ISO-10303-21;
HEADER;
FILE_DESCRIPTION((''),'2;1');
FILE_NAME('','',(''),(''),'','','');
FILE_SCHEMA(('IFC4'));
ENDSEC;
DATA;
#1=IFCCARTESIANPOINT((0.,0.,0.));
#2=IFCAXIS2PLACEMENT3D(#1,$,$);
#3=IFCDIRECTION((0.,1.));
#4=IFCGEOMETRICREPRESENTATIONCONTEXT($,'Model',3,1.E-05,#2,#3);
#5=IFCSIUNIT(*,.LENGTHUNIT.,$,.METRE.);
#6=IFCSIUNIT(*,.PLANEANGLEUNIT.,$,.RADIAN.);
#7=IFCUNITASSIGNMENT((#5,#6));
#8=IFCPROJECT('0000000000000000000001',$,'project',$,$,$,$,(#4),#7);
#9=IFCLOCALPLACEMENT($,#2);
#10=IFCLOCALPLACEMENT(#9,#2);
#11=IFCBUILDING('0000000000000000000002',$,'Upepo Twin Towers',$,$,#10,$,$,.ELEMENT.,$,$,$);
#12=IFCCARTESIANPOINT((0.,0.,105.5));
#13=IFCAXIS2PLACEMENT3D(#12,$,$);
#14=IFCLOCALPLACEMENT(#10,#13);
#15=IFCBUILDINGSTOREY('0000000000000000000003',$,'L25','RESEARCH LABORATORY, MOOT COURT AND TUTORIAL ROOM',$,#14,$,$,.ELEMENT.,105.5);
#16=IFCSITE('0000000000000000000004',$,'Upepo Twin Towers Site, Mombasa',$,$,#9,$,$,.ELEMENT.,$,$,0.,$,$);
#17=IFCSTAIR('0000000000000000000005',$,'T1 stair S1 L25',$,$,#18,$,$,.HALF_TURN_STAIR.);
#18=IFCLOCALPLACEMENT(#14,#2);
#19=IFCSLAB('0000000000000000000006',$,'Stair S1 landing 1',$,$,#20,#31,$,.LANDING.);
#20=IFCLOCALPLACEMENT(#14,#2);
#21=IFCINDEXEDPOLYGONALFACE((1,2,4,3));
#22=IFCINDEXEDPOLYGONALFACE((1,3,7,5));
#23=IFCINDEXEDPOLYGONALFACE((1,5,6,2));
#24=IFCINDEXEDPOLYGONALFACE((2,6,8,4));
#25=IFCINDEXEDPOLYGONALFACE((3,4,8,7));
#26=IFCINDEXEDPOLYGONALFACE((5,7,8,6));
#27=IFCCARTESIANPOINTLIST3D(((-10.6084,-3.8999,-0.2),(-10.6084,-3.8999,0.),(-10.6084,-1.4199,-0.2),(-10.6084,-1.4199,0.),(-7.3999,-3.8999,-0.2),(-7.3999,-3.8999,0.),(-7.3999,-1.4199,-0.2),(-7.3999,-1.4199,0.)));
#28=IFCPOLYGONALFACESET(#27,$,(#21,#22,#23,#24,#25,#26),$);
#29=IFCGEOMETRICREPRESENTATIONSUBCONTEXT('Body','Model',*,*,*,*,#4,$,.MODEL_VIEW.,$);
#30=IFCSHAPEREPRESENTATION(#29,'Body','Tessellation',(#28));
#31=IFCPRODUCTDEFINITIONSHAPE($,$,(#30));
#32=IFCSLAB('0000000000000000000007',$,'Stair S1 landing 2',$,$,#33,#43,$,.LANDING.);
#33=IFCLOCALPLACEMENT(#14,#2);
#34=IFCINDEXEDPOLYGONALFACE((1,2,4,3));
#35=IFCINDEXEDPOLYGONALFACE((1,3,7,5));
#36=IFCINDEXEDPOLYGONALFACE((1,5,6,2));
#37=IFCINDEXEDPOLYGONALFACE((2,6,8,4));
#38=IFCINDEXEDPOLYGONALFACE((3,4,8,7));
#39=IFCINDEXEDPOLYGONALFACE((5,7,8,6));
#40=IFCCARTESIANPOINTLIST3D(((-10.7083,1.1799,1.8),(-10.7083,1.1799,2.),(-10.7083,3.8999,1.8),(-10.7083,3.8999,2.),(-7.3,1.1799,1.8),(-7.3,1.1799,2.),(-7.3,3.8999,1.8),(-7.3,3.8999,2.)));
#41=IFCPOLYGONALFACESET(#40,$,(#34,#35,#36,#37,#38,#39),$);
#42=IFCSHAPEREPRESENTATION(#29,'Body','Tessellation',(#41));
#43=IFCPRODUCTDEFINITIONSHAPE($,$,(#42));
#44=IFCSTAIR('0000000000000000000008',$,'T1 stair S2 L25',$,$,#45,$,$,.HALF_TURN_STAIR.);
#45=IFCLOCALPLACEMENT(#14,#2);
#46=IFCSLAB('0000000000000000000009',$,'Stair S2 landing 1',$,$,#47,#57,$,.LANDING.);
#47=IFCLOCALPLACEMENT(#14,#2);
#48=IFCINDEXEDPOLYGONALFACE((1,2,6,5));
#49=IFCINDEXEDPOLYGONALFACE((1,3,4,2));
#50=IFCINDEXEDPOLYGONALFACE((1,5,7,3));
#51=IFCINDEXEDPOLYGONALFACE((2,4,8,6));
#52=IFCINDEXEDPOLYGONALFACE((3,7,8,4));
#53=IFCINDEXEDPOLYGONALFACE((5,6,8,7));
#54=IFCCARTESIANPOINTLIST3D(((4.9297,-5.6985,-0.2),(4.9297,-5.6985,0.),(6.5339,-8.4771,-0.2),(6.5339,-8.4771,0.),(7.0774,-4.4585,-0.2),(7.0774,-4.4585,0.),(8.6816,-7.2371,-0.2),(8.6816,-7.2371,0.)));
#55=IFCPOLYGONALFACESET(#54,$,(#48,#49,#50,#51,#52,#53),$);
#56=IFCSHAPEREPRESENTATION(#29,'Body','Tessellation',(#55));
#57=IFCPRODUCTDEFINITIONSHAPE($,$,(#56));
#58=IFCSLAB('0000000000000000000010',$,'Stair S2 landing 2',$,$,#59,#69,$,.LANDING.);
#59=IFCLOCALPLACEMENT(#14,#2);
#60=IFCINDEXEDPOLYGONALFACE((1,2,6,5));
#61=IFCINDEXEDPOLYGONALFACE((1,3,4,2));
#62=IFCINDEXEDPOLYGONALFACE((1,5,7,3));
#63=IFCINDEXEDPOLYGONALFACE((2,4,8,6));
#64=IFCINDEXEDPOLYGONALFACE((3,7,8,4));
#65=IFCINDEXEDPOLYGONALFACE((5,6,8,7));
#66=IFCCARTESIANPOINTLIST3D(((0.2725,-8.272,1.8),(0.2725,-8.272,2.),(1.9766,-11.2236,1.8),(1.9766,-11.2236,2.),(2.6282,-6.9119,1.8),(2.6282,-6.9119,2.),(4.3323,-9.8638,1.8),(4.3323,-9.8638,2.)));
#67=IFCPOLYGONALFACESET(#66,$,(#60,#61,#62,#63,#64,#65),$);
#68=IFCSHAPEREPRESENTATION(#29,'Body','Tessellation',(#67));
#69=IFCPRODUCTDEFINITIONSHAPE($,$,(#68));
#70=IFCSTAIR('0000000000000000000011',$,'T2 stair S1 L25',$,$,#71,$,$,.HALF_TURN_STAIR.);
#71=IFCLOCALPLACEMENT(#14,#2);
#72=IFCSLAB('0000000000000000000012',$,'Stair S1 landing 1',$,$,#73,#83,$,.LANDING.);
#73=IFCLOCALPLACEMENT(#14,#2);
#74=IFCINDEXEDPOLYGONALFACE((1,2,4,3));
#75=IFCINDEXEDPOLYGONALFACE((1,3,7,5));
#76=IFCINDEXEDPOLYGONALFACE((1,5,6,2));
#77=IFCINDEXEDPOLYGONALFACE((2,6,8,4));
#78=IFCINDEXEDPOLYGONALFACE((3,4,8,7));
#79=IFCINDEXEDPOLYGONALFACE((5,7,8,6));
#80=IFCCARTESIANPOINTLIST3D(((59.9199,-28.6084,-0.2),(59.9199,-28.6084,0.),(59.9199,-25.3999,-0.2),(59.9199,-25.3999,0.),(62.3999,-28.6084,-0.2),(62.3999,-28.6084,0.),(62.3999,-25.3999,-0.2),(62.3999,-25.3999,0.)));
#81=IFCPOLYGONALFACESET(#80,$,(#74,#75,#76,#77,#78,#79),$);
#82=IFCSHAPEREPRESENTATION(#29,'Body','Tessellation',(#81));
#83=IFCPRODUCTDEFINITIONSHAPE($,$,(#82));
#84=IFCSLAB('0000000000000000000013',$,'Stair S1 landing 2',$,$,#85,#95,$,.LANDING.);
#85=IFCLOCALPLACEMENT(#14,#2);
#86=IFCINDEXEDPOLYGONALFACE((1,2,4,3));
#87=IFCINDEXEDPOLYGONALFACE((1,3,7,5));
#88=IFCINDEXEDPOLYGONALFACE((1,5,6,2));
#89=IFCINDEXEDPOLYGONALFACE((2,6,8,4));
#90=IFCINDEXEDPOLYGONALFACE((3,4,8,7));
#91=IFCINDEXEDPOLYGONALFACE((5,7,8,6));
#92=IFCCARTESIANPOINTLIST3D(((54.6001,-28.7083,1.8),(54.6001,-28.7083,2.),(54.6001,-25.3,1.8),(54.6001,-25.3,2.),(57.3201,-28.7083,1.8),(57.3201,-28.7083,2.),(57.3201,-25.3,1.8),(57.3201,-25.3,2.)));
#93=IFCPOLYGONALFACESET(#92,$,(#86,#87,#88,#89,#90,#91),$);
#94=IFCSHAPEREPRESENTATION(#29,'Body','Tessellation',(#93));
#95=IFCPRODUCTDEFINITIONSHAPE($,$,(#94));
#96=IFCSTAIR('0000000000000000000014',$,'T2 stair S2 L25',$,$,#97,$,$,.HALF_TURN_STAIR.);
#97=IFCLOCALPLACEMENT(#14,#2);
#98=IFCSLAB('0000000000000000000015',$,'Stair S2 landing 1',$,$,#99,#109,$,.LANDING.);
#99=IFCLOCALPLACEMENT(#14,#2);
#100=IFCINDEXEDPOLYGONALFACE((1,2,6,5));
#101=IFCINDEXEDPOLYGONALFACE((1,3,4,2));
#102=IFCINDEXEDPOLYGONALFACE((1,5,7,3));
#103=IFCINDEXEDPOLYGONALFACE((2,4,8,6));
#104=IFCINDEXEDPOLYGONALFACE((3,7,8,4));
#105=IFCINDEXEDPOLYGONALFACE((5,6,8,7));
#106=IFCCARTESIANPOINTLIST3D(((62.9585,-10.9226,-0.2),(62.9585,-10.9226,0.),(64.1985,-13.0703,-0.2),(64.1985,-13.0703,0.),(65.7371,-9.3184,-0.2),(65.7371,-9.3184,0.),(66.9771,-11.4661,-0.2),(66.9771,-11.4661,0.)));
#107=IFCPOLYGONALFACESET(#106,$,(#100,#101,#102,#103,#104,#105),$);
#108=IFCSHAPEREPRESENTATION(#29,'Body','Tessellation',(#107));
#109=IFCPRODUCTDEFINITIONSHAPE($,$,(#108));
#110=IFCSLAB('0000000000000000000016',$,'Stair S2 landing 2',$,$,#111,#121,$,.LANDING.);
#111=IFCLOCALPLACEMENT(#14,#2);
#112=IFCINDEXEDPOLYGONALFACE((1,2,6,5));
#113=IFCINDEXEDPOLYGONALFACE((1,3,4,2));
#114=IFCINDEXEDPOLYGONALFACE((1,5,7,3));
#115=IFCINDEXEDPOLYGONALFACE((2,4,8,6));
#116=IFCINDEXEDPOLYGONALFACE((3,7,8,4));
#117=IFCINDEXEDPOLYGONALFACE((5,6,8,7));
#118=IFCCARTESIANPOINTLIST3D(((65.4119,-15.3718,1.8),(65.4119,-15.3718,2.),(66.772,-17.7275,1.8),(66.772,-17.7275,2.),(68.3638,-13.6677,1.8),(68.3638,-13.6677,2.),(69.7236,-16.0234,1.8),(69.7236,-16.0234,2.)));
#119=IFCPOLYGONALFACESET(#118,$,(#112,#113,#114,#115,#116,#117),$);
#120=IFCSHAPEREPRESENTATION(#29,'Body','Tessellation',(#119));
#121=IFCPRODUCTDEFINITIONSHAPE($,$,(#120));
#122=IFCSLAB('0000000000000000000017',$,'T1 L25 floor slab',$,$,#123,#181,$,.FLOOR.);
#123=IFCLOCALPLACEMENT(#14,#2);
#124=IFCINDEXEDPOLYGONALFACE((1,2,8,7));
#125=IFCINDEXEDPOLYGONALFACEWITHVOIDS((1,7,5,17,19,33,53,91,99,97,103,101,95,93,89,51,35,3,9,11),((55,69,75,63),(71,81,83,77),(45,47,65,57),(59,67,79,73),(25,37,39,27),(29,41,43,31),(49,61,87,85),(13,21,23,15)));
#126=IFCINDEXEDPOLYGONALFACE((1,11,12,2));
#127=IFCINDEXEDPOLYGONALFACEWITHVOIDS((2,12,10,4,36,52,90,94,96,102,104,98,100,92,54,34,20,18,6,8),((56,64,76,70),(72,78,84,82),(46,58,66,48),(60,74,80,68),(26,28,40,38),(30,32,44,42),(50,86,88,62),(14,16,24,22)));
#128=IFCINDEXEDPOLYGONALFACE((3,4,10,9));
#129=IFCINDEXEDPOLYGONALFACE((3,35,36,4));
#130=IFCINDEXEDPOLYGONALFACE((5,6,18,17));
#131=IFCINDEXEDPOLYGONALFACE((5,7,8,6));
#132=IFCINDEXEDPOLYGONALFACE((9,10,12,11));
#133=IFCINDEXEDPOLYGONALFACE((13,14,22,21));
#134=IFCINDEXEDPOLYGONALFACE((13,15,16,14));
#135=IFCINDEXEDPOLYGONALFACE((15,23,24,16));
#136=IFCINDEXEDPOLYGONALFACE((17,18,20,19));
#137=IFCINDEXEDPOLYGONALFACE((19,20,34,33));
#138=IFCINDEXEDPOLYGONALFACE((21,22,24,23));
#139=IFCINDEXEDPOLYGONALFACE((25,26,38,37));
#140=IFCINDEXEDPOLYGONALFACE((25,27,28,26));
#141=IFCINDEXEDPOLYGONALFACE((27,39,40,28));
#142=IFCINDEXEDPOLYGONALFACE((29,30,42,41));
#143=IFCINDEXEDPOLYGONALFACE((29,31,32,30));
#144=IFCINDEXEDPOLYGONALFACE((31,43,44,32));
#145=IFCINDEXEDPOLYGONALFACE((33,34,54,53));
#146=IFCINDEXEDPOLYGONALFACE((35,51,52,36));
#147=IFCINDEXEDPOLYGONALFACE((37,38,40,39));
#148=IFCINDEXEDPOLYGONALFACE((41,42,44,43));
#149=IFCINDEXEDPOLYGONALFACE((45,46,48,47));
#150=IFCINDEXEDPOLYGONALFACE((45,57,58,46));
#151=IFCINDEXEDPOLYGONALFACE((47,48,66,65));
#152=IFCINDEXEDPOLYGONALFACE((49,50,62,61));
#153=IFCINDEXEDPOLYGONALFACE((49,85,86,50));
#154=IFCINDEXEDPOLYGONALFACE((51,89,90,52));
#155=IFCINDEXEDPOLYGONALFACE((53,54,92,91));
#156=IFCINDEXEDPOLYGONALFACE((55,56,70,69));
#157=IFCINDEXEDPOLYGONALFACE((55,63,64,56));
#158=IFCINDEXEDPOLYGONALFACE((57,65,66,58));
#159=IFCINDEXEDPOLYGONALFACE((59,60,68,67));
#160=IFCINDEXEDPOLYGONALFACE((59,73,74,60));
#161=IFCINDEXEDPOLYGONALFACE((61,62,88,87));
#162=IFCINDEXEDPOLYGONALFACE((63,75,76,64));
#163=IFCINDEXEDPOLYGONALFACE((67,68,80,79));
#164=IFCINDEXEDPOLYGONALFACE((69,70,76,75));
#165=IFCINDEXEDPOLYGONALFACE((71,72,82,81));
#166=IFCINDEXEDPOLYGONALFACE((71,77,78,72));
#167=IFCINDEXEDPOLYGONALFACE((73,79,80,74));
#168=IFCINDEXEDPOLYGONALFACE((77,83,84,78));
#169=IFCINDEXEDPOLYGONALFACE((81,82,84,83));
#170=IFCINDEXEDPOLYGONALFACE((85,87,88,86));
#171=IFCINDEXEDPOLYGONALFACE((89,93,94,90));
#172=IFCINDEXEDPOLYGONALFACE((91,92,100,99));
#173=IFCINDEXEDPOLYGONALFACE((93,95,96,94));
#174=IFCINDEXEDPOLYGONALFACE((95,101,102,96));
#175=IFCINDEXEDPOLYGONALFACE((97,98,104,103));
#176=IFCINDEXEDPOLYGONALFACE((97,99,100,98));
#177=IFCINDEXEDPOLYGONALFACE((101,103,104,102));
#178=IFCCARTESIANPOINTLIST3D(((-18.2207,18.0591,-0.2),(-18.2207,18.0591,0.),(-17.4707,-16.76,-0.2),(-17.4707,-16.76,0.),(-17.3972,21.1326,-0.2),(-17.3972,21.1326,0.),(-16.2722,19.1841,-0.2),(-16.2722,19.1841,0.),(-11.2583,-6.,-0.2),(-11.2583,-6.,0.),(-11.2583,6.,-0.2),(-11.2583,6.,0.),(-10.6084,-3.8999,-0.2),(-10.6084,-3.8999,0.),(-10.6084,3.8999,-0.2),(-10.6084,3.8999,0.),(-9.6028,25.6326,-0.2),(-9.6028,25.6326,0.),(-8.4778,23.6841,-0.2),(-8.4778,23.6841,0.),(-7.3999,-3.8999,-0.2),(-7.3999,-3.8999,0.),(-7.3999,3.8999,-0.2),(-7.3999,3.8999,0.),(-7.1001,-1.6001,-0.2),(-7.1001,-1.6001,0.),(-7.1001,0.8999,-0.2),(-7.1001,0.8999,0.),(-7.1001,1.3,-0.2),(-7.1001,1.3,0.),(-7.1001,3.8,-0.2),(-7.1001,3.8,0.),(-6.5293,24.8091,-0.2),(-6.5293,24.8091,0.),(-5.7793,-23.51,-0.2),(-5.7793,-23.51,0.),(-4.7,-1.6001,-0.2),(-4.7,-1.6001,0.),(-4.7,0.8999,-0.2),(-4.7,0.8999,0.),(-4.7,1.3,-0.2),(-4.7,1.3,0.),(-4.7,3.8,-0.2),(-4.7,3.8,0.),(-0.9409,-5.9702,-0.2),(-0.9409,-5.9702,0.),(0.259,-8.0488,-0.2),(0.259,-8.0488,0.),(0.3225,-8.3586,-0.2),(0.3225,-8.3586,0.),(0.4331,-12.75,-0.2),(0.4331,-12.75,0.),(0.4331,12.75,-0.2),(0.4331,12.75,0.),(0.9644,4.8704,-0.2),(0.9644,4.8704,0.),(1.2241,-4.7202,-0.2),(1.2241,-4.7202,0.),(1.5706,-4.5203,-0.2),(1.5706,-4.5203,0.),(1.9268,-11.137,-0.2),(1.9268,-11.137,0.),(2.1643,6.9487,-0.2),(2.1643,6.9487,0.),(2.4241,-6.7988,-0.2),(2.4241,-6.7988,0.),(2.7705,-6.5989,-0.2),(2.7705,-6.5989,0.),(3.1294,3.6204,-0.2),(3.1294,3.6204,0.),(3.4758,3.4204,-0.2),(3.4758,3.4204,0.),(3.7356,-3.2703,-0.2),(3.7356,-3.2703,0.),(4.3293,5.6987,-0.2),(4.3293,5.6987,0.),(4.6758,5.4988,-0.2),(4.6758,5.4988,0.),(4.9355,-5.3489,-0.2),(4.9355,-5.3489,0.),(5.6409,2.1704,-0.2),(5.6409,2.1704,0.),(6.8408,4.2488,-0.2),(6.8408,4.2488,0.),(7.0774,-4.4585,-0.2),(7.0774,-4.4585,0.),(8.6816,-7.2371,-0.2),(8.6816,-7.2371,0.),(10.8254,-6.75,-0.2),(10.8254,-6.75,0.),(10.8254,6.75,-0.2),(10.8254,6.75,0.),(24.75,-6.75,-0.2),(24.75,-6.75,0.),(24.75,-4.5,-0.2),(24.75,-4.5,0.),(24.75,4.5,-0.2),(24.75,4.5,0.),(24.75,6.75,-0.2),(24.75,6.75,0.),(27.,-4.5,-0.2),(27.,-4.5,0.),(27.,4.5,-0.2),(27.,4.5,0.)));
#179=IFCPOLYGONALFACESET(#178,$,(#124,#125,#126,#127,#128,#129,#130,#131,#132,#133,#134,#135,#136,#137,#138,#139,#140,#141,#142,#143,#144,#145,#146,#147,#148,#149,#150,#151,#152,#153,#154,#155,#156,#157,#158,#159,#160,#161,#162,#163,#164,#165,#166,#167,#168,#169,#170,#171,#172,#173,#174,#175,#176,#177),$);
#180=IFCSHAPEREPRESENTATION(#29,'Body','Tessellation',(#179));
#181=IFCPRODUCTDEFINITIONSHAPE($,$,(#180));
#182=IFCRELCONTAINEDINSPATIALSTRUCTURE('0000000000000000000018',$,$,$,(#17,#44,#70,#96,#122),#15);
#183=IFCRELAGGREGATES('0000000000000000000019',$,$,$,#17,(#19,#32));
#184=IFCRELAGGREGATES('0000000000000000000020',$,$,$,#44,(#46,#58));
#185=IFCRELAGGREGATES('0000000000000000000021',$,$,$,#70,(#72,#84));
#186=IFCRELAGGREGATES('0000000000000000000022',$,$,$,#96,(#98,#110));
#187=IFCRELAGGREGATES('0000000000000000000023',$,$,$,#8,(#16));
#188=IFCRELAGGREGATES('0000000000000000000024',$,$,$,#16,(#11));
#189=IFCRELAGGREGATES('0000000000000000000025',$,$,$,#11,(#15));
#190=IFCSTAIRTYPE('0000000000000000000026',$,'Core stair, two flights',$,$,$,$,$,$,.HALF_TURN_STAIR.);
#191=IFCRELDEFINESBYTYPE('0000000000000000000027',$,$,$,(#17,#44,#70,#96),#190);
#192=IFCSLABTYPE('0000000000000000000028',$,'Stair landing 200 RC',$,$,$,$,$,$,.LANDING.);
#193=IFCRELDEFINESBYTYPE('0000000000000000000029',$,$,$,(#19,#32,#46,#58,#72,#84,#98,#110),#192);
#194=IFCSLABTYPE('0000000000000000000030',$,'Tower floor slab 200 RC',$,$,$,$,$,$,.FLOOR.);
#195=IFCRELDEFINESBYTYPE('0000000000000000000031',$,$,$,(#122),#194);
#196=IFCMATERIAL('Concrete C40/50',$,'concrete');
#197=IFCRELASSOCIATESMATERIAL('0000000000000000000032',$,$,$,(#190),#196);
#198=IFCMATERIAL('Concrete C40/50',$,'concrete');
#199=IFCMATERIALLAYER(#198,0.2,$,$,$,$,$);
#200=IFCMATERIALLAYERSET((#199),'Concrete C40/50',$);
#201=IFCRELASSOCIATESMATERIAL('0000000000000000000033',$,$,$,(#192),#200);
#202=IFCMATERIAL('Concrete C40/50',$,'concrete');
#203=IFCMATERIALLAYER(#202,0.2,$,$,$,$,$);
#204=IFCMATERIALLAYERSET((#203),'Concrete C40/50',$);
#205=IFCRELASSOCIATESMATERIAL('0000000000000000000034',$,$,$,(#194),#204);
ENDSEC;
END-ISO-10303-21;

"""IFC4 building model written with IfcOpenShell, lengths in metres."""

from ifc_helpers import new_model, si_unit, direction, frame, origin, place, context, subcontext, project, spatial, polyline, outline, extrude, material, layer, layer_set, type_object, element, aggregate, save


model = new_model("IFC4")

# Units and contexts
model_context = context("Model", 3, precision=1e-05, world=origin(), true_north=direction((0.0, 1.0)))
body_context = subcontext(model_context, "Body", "Model", "MODEL_VIEW")
ifc_project = project(units=[si_unit("LENGTHUNIT", "METRE"), si_unit("PLANEANGLEUNIT", "RADIAN")], contexts=[model_context])

# Site, building, storey
site_placement = place(None, origin())
site = spatial("IfcSite", under=ifc_project, at=site_placement, Name="Upepo Twin Towers Site, Mombasa", CompositionType="ELEMENT", RefElevation=0.0)
building_placement = place(site_placement, origin())
building = spatial("IfcBuilding", under=site, at=building_placement, Name="Upepo Twin Towers", CompositionType="ELEMENT")
storey_placement = place(building_placement, frame((0.0, 0.0, 105.5)))
storey = spatial("IfcBuildingStorey", under=building, at=storey_placement, Name="L25", Description="RESEARCH LABORATORY, MOOT COURT AND TUTORIAL ROOM", CompositionType="ELEMENT", Elevation=105.5)

# Stairs, slabs
ifc_material_1 = material(Name="Concrete C40/50", Category="concrete")
stair_type = type_object("IfcStairType", Name="Core stair, two flights", PredefinedType="HALF_TURN_STAIR", material=ifc_material_1)
stair_1_placement = place(storey_placement, origin())
stair_1 = element("IfcStair", 1, at=stair_1_placement, inside=storey, type_object=stair_type, Name="T1 stair S1 L25", PredefinedType="HALF_TURN_STAIR")
ifc_material_2 = material(Name="Concrete C40/50", Category="concrete")
ifc_layer_1 = layer(ifc_material_2, 0.2)
ifc_layer_set_1 = layer_set([ifc_layer_1], Name="Concrete C40/50")
slab_type_1 = type_object("IfcSlabType", Name="Stair landing 200 RC", PredefinedType="LANDING", material=ifc_layer_set_1)
slab_1_placement = place(storey_placement, frame((0.0, 0.0, -0.2)))
slab_1 = element("IfcSlab", 2, at=slab_1_placement, type_object=slab_type_1, Name="Stair S1 landing 1", PredefinedType="LANDING", context=body_context, shape_type="SweptSolid", body=[
    extrude(outline(polyline([(-7.3999, -1.4199), (-10.6084, -1.4199), (-10.6084, -3.8999), (-7.3999, -3.8999), (-7.3999, -1.4199)])), origin(), (0.0, 0.0, 1.0), 0.2),
])
slab_2_placement = place(storey_placement, frame((0.0, 0.0, 1.8)))
slab_2 = element("IfcSlab", 3, at=slab_2_placement, type_object=slab_type_1, Name="Stair S1 landing 2", PredefinedType="LANDING", context=body_context, shape_type="SweptSolid", body=[
    extrude(outline(polyline([(-7.3, 3.8999), (-10.7083, 3.8999), (-10.7083, 1.1799), (-7.3, 1.1799), (-7.3, 3.8999)])), origin(), (0.0, 0.0, 1.0), 0.2),
])
aggregate(stair_1, [slab_1, slab_2])
stair_2_placement = place(storey_placement, origin())
stair_2 = element("IfcStair", 4, at=stair_2_placement, inside=storey, type_object=stair_type, Name="T1 stair S2 L25", PredefinedType="HALF_TURN_STAIR")
slab_3_placement = place(storey_placement, frame((0.0, 0.0, -0.2)))
slab_3 = element("IfcSlab", 5, at=slab_3_placement, type_object=slab_type_1, Name="Stair S2 landing 1", PredefinedType="LANDING", context=body_context, shape_type="SweptSolid", body=[
    extrude(outline(polyline([(4.9297, -5.6985), (6.5339, -8.4771), (8.6816, -7.2371), (7.0774, -4.4585), (4.9297, -5.6985)])), origin(), (0.0, 0.0, 1.0), 0.2),
])
slab_4_placement = place(storey_placement, frame((0.0, 0.0, 1.8)))
slab_4 = element("IfcSlab", 6, at=slab_4_placement, type_object=slab_type_1, Name="Stair S2 landing 2", PredefinedType="LANDING", context=body_context, shape_type="SweptSolid", body=[
    extrude(outline(polyline([(0.2725, -8.272), (1.9766, -11.2236), (4.3323, -9.8638), (2.6282, -6.9119), (0.2725, -8.272)])), origin(), (0.0, 0.0, 1.0), 0.2),
])
aggregate(stair_2, [slab_3, slab_4])
stair_3_placement = place(storey_placement, origin())
stair_3 = element("IfcStair", 7, at=stair_3_placement, inside=storey, type_object=stair_type, Name="T2 stair S1 L25", PredefinedType="HALF_TURN_STAIR")
slab_5_placement = place(storey_placement, frame((0.0, 0.0, -0.2)))
slab_5 = element("IfcSlab", 8, at=slab_5_placement, type_object=slab_type_1, Name="Stair S1 landing 1", PredefinedType="LANDING", context=body_context, shape_type="SweptSolid", body=[
    extrude(outline(polyline([(59.9199, -25.3999), (59.9199, -28.6084), (62.3999, -28.6084), (62.3999, -25.3999), (59.9199, -25.3999)])), origin(), (0.0, 0.0, 1.0), 0.2),
])
slab_6_placement = place(storey_placement, frame((0.0, 0.0, 1.8)))
slab_6 = element("IfcSlab", 9, at=slab_6_placement, type_object=slab_type_1, Name="Stair S1 landing 2", PredefinedType="LANDING", context=body_context, shape_type="SweptSolid", body=[
    extrude(outline(polyline([(54.6001, -25.3), (54.6001, -28.7083), (57.3201, -28.7083), (57.3201, -25.3), (54.6001, -25.3)])), origin(), (0.0, 0.0, 1.0), 0.2),
])
aggregate(stair_3, [slab_5, slab_6])
stair_4_placement = place(storey_placement, origin())
stair_4 = element("IfcStair", 10, at=stair_4_placement, inside=storey, type_object=stair_type, Name="T2 stair S2 L25", PredefinedType="HALF_TURN_STAIR")
slab_7_placement = place(storey_placement, frame((0.0, 0.0, -0.2)))
slab_7 = element("IfcSlab", 11, at=slab_7_placement, type_object=slab_type_1, Name="Stair S2 landing 1", PredefinedType="LANDING", context=body_context, shape_type="SweptSolid", body=[
    extrude(outline(polyline([(64.1985, -13.0703), (66.9771, -11.4661), (65.7371, -9.3184), (62.9585, -10.9226), (64.1985, -13.0703)])), origin(), (0.0, 0.0, 1.0), 0.2),
])
slab_8_placement = place(storey_placement, frame((0.0, 0.0, 1.8)))
slab_8 = element("IfcSlab", 12, at=slab_8_placement, type_object=slab_type_1, Name="Stair S2 landing 2", PredefinedType="LANDING", context=body_context, shape_type="SweptSolid", body=[
    extrude(outline(polyline([(66.772, -17.7275), (69.7236, -16.0234), (68.3638, -13.6677), (65.4119, -15.3718), (66.772, -17.7275)])), origin(), (0.0, 0.0, 1.0), 0.2),
])
aggregate(stair_4, [slab_7, slab_8])

# Slab
ifc_material_3 = material(Name="Concrete C40/50", Category="concrete")
ifc_layer_2 = layer(ifc_material_3, 0.2)
ifc_layer_set_2 = layer_set([ifc_layer_2], Name="Concrete C40/50")
slab_type_2 = type_object("IfcSlabType", Name="Tower floor slab 200 RC", PredefinedType="FLOOR", material=ifc_layer_set_2)
slab_9_placement = place(storey_placement, frame((0.0, 0.0, -0.2)))
element("IfcSlab", 13, at=slab_9_placement, inside=storey, type_object=slab_type_2, Name="T1 L25 floor slab", PredefinedType="FLOOR", context=body_context, shape_type="SweptSolid", body=[
    extrude(outline(polyline([(-17.4707, -16.76), (-11.2583, -6.0), (-11.2583, 6.0), (-18.2207, 18.0591), (-16.2722, 19.1841), (-17.3972, 21.1326), (-9.6028, 25.6326), (-8.4778, 23.6841), (-6.5293, 24.8091), (0.4331, 12.75), (10.8254, 6.75), (24.75, 6.75), (24.75, 4.5), (27.0, 4.5), (27.0, -4.5), (24.75, -4.5), (24.75, -6.75), (10.8254, -6.75), (0.4331, -12.75), (-5.7793, -23.51), (-17.4707, -16.76)]), holes=[polyline([(5.6409, 2.1704), (6.8408, 4.2488), (4.6758, 5.4988), (3.4758, 3.4204), (5.6409, 2.1704)]), polyline([(3.1294, 3.6204), (4.3293, 5.6987), (2.1643, 6.9487), (0.9644, 4.8704), (3.1294, 3.6204)]), polyline([(-4.7, 3.8), (-7.1001, 3.8), (-7.1001, 1.3), (-4.7, 1.3), (-4.7, 3.8)]), polyline([(-4.7, 0.8999), (-7.1001, 0.8999), (-7.1001, -1.6001), (-4.7, -1.6001), (-4.7, 0.8999)]), polyline([(-7.3999, 3.8999), (-10.6084, 3.8999), (-10.6084, -3.8999), (-7.3999, -3.8999), (-7.3999, 3.8999)]), polyline([(-0.9409, -5.9702), (0.259, -8.0488), (2.4241, -6.7988), (1.2241, -4.7202), (-0.9409, -5.9702)]), polyline([(1.5706, -4.5203), (2.7705, -6.5989), (4.9355, -5.3489), (3.7356, -3.2703), (1.5706, -4.5203)]), polyline([(0.3225, -8.3586), (1.9268, -11.137), (8.6816, -7.2371), (7.0774, -4.4585), (0.3225, -8.3586)])]), origin(), (0.0, 0.0, 1.0), 0.2),
])

save(model, "model.ifc")
